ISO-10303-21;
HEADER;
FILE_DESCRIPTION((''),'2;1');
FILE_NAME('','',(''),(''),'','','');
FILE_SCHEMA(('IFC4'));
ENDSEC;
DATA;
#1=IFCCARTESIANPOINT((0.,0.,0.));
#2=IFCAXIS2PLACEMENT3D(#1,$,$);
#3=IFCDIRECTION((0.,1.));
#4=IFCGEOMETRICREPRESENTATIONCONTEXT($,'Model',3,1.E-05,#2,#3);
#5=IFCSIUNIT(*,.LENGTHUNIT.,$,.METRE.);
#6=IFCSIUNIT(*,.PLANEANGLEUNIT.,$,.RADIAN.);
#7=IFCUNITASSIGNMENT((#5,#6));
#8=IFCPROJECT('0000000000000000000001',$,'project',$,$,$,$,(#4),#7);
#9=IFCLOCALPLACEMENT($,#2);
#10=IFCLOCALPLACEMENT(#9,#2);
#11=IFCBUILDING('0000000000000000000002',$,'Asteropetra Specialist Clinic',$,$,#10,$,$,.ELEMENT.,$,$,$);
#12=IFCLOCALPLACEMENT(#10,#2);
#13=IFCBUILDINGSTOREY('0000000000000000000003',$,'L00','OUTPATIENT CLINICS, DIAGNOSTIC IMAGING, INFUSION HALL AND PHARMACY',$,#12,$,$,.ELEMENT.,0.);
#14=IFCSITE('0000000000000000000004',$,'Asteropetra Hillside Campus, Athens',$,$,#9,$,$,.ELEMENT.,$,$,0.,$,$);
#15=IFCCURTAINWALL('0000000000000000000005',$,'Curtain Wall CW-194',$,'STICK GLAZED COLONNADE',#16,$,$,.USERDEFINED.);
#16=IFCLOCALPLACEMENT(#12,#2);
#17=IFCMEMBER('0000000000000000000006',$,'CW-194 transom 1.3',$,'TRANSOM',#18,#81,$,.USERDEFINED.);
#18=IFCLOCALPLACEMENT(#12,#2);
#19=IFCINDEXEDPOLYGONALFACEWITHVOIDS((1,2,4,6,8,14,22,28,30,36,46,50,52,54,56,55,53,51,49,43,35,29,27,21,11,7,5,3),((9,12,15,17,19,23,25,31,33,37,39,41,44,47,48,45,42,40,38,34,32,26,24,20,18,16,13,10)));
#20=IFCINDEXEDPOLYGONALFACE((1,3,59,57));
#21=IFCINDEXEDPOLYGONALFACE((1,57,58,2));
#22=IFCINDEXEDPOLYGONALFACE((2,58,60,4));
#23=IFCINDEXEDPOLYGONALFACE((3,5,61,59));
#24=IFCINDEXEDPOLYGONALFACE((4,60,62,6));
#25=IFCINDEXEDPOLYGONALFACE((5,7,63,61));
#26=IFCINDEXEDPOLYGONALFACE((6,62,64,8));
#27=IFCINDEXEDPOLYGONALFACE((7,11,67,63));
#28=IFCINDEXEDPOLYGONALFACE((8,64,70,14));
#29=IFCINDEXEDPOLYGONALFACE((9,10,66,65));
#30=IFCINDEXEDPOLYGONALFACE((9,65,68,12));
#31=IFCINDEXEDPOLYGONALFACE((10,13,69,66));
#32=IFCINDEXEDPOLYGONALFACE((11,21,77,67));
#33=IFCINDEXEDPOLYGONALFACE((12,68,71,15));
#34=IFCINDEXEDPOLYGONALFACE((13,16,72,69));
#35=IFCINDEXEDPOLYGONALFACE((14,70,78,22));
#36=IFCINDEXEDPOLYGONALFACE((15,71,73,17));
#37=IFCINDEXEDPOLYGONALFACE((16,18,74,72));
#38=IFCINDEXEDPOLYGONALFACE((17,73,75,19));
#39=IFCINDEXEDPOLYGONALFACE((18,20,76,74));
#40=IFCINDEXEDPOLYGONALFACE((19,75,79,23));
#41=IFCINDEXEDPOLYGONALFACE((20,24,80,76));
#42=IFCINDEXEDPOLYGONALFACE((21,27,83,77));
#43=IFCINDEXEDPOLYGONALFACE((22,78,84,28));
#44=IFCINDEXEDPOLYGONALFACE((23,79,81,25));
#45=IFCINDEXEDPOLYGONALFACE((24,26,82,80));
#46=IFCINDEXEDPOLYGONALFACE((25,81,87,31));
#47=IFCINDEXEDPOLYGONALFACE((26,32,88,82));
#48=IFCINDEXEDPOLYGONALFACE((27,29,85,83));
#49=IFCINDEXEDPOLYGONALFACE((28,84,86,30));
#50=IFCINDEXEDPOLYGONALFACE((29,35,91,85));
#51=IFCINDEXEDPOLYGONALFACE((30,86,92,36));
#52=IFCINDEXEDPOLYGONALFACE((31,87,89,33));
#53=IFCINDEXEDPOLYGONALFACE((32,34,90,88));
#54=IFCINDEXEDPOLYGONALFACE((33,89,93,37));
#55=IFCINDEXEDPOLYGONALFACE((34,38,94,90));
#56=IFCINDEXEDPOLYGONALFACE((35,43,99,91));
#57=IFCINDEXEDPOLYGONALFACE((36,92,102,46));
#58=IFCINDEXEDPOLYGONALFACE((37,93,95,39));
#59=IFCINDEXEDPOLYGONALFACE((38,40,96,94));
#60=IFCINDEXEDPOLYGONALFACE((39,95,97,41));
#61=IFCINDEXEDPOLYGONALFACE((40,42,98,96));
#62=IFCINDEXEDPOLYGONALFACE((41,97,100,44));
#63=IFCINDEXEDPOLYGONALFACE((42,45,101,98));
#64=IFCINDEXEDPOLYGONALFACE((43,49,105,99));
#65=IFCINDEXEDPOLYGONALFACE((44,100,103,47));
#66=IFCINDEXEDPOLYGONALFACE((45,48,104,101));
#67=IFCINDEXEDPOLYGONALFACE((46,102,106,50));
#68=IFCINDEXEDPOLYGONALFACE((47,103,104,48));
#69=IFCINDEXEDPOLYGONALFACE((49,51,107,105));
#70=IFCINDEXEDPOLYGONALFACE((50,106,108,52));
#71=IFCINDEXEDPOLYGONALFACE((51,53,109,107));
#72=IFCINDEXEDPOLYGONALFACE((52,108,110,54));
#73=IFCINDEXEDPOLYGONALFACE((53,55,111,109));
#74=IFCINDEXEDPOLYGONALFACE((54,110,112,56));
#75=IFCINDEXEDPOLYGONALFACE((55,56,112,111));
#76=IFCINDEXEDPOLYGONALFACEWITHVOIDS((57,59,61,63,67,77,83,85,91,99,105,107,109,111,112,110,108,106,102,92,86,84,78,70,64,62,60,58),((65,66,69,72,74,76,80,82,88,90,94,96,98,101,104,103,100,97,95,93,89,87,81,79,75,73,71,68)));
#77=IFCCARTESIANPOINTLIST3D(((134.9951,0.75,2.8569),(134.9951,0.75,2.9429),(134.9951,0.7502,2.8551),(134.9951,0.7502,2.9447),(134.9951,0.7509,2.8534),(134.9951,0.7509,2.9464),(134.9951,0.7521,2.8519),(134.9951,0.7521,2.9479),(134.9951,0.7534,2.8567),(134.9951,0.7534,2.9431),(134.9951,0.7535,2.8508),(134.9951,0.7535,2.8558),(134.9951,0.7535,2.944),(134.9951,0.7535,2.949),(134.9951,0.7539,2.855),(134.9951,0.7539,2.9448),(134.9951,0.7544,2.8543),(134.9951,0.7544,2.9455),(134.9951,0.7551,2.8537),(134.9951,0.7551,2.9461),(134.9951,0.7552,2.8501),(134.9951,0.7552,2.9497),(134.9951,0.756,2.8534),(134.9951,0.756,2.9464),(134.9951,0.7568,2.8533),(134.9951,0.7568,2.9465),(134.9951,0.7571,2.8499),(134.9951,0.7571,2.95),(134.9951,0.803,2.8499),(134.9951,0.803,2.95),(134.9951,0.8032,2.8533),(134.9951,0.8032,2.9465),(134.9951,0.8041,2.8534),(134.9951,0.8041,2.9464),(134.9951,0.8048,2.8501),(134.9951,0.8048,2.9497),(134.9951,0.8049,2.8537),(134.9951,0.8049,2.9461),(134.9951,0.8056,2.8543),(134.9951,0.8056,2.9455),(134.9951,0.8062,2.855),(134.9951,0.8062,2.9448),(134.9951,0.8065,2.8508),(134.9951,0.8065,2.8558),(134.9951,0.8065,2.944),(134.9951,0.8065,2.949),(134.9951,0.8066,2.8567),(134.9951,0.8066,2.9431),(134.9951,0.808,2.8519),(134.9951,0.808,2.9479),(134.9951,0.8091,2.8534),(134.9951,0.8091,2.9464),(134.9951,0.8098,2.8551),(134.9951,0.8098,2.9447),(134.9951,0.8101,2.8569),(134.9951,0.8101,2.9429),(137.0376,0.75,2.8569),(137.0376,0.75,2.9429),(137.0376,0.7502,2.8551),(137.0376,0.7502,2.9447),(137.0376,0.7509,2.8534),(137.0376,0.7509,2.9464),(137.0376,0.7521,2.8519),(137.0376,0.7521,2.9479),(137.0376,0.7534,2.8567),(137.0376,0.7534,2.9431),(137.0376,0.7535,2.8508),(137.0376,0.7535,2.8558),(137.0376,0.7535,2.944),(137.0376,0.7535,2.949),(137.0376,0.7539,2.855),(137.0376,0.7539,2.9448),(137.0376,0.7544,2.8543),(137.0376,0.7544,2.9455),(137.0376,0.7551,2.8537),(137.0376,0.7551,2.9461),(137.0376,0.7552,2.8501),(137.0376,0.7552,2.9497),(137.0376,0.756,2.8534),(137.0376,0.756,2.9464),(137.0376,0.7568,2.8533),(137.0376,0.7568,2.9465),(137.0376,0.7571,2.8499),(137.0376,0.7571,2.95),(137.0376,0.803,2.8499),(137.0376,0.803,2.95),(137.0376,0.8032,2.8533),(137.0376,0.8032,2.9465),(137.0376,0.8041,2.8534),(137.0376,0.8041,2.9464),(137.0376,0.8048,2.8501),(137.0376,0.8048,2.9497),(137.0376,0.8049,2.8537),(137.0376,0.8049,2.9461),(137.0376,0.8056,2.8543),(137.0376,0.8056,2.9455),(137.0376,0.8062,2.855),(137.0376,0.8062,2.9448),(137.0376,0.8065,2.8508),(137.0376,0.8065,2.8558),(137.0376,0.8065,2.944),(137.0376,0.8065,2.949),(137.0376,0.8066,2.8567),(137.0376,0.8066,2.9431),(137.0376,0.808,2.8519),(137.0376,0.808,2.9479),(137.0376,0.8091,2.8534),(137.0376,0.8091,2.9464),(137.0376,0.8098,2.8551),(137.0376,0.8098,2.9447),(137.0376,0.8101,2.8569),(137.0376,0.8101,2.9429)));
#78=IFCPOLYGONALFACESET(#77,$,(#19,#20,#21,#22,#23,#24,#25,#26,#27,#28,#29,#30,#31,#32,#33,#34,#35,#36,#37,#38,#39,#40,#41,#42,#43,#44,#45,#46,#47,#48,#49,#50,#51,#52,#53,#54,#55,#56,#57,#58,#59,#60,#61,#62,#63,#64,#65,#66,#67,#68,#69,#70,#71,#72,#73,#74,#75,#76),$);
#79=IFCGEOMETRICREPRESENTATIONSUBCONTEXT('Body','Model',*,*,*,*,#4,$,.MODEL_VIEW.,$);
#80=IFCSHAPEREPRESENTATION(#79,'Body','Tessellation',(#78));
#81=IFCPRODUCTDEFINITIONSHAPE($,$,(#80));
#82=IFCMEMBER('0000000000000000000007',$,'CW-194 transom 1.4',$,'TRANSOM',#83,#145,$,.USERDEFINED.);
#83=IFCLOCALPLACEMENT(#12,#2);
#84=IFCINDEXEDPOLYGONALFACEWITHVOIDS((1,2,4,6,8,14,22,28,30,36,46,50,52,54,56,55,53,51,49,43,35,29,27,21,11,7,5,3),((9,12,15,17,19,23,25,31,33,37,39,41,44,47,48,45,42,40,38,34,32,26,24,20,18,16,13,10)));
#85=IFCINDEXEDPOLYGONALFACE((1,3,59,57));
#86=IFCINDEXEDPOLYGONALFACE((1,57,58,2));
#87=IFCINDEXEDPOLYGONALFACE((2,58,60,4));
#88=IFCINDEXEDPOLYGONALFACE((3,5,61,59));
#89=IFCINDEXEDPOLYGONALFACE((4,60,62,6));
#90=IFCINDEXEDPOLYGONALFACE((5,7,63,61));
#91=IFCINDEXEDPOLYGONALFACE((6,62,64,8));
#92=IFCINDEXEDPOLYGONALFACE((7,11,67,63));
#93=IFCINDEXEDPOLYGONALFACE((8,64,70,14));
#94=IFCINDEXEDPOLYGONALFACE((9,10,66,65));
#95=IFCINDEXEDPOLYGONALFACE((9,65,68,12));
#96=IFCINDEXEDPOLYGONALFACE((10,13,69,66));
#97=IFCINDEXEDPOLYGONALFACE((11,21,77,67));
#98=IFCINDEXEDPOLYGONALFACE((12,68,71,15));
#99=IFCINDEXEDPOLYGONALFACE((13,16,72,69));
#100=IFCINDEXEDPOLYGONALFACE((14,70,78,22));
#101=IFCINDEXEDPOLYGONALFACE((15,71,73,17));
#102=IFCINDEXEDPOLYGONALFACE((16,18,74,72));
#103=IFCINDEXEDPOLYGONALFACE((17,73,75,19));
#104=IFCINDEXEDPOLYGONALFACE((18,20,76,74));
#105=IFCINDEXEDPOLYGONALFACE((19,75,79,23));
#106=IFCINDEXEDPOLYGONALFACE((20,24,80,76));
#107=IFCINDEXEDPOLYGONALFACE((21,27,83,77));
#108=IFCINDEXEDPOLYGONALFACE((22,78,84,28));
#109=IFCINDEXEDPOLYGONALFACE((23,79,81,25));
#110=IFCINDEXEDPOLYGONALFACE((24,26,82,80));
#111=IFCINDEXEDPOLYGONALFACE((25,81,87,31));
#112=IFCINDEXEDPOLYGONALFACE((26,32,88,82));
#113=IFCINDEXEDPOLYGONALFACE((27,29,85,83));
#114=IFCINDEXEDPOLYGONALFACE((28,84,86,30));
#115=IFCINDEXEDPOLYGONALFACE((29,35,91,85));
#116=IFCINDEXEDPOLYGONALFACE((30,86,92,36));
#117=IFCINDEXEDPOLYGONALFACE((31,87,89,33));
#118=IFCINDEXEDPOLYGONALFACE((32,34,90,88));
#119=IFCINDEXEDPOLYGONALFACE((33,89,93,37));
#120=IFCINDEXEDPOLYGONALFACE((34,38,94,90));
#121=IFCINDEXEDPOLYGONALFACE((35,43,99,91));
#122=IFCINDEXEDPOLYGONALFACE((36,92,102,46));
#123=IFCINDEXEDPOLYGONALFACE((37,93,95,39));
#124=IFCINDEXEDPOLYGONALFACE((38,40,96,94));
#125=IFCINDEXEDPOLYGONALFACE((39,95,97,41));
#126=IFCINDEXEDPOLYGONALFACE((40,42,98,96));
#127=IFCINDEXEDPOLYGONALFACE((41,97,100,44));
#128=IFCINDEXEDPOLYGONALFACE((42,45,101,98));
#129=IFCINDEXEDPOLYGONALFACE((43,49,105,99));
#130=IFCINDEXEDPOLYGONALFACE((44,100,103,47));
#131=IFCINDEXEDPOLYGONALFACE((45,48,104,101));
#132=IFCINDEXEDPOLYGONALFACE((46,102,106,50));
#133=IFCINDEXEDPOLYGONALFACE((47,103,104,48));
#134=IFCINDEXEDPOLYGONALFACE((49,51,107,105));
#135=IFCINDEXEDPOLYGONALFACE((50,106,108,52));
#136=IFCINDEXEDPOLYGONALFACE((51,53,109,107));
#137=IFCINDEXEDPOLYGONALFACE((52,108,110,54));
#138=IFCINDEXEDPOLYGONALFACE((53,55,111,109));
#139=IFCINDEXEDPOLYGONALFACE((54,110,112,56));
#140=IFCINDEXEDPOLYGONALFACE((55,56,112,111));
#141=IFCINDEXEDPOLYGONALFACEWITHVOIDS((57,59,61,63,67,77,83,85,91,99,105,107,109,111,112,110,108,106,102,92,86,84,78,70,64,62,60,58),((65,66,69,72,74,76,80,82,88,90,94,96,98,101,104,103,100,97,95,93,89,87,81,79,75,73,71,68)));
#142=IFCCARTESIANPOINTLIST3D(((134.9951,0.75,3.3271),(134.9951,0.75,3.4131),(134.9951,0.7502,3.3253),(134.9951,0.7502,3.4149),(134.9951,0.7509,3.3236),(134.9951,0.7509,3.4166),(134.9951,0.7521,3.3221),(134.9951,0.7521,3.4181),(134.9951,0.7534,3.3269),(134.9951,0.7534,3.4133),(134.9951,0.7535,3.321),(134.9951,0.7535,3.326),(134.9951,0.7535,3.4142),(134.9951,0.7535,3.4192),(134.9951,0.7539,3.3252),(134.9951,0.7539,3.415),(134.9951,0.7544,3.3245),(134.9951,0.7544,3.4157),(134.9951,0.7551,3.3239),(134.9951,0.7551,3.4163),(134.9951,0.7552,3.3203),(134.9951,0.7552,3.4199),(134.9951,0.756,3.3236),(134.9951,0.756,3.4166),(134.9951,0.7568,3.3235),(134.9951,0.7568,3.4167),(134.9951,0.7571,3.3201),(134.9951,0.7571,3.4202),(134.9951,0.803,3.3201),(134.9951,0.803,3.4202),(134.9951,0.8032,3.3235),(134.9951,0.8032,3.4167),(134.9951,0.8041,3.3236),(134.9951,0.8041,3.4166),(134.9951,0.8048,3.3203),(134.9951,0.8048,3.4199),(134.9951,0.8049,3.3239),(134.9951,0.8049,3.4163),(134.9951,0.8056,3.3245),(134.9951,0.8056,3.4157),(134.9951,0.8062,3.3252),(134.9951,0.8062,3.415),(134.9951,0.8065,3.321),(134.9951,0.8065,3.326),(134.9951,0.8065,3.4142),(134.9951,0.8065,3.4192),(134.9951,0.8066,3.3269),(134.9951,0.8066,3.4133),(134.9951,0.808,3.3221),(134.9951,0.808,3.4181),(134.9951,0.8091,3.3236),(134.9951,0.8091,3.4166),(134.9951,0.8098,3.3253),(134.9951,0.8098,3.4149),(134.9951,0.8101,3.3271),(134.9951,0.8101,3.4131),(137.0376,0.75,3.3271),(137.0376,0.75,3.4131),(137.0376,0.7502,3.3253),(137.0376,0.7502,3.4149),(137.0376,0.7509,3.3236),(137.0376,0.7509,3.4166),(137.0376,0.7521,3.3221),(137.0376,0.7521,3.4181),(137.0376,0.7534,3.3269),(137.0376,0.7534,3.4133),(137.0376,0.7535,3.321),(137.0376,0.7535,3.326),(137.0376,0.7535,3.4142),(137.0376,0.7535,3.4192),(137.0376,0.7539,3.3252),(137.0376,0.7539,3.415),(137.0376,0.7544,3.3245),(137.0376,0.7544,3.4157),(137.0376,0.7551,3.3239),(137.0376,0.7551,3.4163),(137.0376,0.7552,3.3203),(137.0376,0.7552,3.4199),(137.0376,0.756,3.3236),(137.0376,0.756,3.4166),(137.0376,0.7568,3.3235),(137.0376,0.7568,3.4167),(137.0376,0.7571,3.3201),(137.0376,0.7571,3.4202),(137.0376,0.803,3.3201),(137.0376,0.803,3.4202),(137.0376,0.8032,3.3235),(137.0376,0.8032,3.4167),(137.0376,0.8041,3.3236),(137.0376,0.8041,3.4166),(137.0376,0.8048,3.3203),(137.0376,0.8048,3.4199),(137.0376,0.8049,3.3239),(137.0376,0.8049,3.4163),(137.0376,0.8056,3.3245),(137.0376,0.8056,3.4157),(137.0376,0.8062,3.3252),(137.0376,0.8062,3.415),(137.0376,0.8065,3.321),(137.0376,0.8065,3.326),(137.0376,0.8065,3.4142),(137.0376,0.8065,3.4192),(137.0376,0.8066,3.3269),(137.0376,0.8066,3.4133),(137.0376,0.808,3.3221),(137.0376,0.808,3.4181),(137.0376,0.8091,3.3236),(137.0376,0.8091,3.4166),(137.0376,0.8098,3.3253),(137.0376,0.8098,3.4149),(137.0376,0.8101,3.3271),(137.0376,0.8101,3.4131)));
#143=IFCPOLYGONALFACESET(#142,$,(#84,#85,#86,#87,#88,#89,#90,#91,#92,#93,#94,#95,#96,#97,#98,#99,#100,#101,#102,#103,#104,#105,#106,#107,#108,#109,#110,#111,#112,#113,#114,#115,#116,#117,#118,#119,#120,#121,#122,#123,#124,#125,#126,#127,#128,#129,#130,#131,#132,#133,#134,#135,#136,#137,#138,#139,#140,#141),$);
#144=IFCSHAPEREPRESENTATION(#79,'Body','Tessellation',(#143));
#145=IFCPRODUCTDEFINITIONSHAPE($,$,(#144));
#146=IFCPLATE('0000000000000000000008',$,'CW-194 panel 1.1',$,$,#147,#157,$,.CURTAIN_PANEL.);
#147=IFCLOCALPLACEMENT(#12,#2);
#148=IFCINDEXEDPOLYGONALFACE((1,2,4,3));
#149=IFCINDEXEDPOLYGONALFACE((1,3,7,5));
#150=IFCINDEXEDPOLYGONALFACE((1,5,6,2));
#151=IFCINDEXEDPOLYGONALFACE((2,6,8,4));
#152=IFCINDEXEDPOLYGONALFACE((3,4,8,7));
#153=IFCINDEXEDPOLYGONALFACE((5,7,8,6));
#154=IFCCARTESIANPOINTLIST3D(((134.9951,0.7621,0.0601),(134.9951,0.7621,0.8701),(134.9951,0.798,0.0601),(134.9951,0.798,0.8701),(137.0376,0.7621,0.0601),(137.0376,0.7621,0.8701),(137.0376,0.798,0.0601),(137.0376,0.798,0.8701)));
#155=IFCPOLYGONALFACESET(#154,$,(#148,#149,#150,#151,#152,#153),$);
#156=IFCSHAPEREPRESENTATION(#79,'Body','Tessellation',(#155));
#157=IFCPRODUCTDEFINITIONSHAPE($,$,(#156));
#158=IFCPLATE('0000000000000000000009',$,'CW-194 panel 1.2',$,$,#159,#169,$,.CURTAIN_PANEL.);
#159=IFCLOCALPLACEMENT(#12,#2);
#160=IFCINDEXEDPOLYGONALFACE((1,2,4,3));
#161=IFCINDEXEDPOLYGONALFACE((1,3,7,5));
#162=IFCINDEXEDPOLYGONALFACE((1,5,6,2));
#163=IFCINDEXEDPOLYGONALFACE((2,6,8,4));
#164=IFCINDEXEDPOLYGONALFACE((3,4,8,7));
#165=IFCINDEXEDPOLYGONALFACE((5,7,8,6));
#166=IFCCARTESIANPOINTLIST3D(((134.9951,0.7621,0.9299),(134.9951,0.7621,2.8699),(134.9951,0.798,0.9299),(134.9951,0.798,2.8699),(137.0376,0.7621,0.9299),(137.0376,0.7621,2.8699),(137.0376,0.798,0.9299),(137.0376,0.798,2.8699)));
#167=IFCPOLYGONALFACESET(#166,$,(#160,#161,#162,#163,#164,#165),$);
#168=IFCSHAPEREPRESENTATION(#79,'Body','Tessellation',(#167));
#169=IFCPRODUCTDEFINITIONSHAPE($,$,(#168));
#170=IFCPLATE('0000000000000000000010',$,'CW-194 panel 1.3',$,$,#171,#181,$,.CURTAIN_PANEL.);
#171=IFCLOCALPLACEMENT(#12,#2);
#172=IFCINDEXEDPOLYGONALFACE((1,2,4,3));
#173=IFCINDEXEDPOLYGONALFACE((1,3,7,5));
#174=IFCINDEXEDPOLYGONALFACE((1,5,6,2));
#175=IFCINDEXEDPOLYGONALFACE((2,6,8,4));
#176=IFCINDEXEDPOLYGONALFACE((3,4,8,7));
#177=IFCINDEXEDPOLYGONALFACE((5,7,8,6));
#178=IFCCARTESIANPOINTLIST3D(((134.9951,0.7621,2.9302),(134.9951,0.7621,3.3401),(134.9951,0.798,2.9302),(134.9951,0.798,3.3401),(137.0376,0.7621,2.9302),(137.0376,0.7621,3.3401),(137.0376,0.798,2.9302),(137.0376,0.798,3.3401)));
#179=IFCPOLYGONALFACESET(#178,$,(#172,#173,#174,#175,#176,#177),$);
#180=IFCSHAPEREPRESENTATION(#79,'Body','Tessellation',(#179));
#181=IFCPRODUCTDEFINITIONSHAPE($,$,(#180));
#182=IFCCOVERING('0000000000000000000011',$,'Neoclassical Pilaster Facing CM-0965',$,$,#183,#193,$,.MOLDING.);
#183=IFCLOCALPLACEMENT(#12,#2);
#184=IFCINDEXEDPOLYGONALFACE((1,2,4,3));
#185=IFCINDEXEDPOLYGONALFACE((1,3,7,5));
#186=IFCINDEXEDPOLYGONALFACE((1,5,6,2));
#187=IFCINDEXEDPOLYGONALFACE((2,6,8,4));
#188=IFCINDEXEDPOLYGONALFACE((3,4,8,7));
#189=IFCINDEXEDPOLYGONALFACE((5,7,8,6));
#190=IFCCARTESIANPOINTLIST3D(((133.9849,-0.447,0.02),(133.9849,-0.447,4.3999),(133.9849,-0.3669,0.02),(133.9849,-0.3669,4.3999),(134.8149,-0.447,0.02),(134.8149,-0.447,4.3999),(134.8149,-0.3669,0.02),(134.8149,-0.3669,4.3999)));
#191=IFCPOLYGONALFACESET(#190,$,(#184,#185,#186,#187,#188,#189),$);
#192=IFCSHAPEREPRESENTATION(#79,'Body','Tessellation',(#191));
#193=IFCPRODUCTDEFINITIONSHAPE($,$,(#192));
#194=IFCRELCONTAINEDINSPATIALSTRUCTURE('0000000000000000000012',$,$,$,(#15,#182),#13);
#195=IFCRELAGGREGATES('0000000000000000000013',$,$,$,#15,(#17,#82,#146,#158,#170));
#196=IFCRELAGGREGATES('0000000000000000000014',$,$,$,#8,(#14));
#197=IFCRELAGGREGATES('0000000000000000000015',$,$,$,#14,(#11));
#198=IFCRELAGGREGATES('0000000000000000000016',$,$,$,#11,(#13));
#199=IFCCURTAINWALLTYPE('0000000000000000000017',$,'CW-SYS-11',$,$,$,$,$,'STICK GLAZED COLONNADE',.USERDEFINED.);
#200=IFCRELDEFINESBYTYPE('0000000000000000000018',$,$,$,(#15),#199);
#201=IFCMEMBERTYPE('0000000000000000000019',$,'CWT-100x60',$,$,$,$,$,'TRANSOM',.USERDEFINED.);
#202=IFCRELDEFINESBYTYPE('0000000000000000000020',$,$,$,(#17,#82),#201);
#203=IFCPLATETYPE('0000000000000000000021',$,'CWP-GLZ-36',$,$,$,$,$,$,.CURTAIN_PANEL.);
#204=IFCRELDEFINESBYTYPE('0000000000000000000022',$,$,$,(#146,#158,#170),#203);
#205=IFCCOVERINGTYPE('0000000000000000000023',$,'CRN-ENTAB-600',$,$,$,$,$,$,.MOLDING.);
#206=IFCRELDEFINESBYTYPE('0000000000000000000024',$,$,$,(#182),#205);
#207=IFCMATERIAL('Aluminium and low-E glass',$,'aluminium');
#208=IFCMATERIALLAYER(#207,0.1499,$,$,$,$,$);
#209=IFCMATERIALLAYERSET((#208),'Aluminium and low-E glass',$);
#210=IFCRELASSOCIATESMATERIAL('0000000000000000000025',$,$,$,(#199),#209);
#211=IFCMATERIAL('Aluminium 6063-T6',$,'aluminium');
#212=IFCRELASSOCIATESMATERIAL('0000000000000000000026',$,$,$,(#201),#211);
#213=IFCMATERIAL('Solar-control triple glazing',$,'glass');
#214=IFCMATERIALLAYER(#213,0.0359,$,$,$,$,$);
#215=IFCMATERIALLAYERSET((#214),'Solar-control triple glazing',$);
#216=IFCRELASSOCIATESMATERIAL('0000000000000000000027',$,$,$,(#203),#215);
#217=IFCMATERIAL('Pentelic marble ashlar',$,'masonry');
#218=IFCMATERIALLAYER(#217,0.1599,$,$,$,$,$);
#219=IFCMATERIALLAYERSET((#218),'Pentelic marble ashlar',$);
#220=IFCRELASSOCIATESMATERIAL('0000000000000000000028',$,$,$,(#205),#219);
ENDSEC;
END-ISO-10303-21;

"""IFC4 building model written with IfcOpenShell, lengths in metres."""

from ifc_helpers import new_model, si_unit, direction, frame, origin, origin_2d, place, context, subcontext, project, spatial, rectangle, hollow_rectangle, extrude, material, layer, layer_set, material_profile, profile_set, type_object, element, aggregate, save


model = new_model("IFC4")

# Units and contexts
model_context = context("Model", 3, precision=1e-05, world=origin(), true_north=direction((0.0, 1.0)))
body_context = subcontext(model_context, "Body", "Model", "MODEL_VIEW")
ifc_project = project(units=[si_unit("LENGTHUNIT", "METRE"), si_unit("PLANEANGLEUNIT", "RADIAN")], contexts=[model_context])

# Site, building, storey
site_placement = place(None, origin())
site = spatial("IfcSite", under=ifc_project, at=site_placement, Name="Asteropetra Hillside Campus, Athens", CompositionType="ELEMENT", RefElevation=0.0)
building_placement = place(site_placement, origin())
building = spatial("IfcBuilding", under=site, at=building_placement, Name="Asteropetra Specialist Clinic", CompositionType="ELEMENT")
storey_placement = place(building_placement, origin())
storey = spatial("IfcBuildingStorey", under=building, at=storey_placement, Name="L00", Description="OUTPATIENT CLINICS, DIAGNOSTIC IMAGING, INFUSION HALL AND PHARMACY", CompositionType="ELEMENT", Elevation=0.0)

# Curtain wall
ifc_material_1 = material(Name="Aluminium and low-E glass", Category="aluminium")
ifc_layer_1 = layer(ifc_material_1, 0.1499)
ifc_layer_set_1 = layer_set([ifc_layer_1], Name="Aluminium and low-E glass")
curtain_wall_type_1 = type_object("IfcCurtainWallType", Name="CW-SYS-11", ElementType="STICK GLAZED COLONNADE", PredefinedType="USERDEFINED", material=ifc_layer_set_1)
curtain_wall_1_placement = place(storey_placement, origin())
curtain_wall_1 = element("IfcCurtainWall", 1, at=curtain_wall_1_placement, inside=storey, type_object=curtain_wall_type_1, Name="Curtain Wall CW-194", ObjectType="STICK GLAZED COLONNADE", PredefinedType="USERDEFINED")

# Members
ifc_material_2 = material(Name="Aluminium 6063-T6", Category="aluminium")
ifc_material_profile_1 = material_profile(ifc_material_2, hollow_rectangle(XDim=0.0601, YDim=0.1001, WallThickness=0.0034, InnerFilletRadius=0.0034, OuterFilletRadius=0.0071, at=origin_2d()), Name="TRN 100x60x3.5")
ifc_profile_set_1 = profile_set([ifc_material_profile_1], Name="Aluminium 6063-T6")
member_type_1 = type_object("IfcMemberType", Name="CWT-100x60", ElementType="TRANSOM", PredefinedType="USERDEFINED", material=ifc_profile_set_1)
member_1_placement = place(storey_placement, frame((134.9951, 0.78, 2.8999), z_axis=(1.0, 0.0, 0.0), x_axis=(0.0, 1.0, 0.0)))
member_1 = element("IfcMember", 2, at=member_1_placement, type_object=member_type_1, Name="CW-194 transom 1.3", ObjectType="TRANSOM", PredefinedType="USERDEFINED", context=body_context, shape_type="SweptSolid", body=[
    extrude(hollow_rectangle(XDim=0.0601, YDim=0.1001, WallThickness=0.0034, InnerFilletRadius=0.0034, OuterFilletRadius=0.0071, at=origin_2d()), origin(), (0.0, 0.0, 1.0), 2.0425),
])
member_2_placement = place(storey_placement, frame((134.9951, 0.78, 3.3701), z_axis=(1.0, 0.0, 0.0), x_axis=(0.0, 1.0, 0.0)))
member_2 = element("IfcMember", 3, at=member_2_placement, type_object=member_type_1, Name="CW-194 transom 1.4", ObjectType="TRANSOM", PredefinedType="USERDEFINED", context=body_context, shape_type="SweptSolid", body=[
    extrude(hollow_rectangle(XDim=0.0601, YDim=0.1001, WallThickness=0.0034, InnerFilletRadius=0.0034, OuterFilletRadius=0.0071, at=origin_2d()), origin(), (0.0, 0.0, 1.0), 2.0425),
])

# Plates
ifc_material_3 = material(Name="Solar-control triple glazing", Category="glass")
ifc_layer_2 = layer(ifc_material_3, 0.0359)
ifc_layer_set_2 = layer_set([ifc_layer_2], Name="Solar-control triple glazing")
plate_type = type_object("IfcPlateType", Name="CWP-GLZ-36", PredefinedType="CURTAIN_PANEL", material=ifc_layer_set_2)
plate_1_placement = place(storey_placement, frame((136.0164, 0.78, 0.0601), z_axis=(0.0, 0.0, 1.0), x_axis=(1.0, 0.0, 0.0)))
plate_1 = element("IfcPlate", 4, at=plate_1_placement, type_object=plate_type, Name="CW-194 panel 1.1", PredefinedType="CURTAIN_PANEL", context=body_context, shape_type="SweptSolid", body=[
    extrude(rectangle(XDim=2.0425, YDim=0.0359, at=origin_2d()), origin(), (0.0, 0.0, 1.0), 0.8101),
])
plate_2_placement = place(storey_placement, frame((136.0164, 0.78, 0.9299), z_axis=(0.0, 0.0, 1.0), x_axis=(1.0, 0.0, 0.0)))
plate_2 = element("IfcPlate", 5, at=plate_2_placement, type_object=plate_type, Name="CW-194 panel 1.2", PredefinedType="CURTAIN_PANEL", context=body_context, shape_type="SweptSolid", body=[
    extrude(rectangle(XDim=2.0425, YDim=0.0359, at=origin_2d()), origin(), (0.0, 0.0, 1.0), 1.9399),
])
plate_3_placement = place(storey_placement, frame((136.0164, 0.78, 2.9302), z_axis=(0.0, 0.0, 1.0), x_axis=(1.0, 0.0, 0.0)))
plate_3 = element("IfcPlate", 6, at=plate_3_placement, type_object=plate_type, Name="CW-194 panel 1.3", PredefinedType="CURTAIN_PANEL", context=body_context, shape_type="SweptSolid", body=[
    extrude(rectangle(XDim=2.0425, YDim=0.0359, at=origin_2d()), origin(), (0.0, 0.0, 1.0), 0.4099),
])
aggregate(curtain_wall_1, [member_1, member_2, plate_1, plate_2, plate_3])

# Covering
ifc_material_4 = material(Name="Pentelic marble ashlar", Category="masonry")
ifc_layer_3 = layer(ifc_material_4, 0.1599)
ifc_layer_set_3 = layer_set([ifc_layer_3], Name="Pentelic marble ashlar")
covering_type = type_object("IfcCoveringType", Name="CRN-ENTAB-600", PredefinedType="MOLDING", material=ifc_layer_set_3)
covering_placement = place(storey_placement, frame((134.3999, -0.407, 0.02), z_axis=(0.0, 0.0, 1.0), x_axis=(1.0, 0.0, 0.0)))
element("IfcCovering", 7, at=covering_placement, inside=storey, type_object=covering_type, Name="Neoclassical Pilaster Facing CM-0965", PredefinedType="MOLDING", context=body_context, shape_type="SweptSolid", body=[
    extrude(rectangle(XDim=0.8301, YDim=0.0801, at=origin_2d()), origin(), (0.0, 0.0, 1.0), 4.3799),
])

save(model, "model.ifc")
